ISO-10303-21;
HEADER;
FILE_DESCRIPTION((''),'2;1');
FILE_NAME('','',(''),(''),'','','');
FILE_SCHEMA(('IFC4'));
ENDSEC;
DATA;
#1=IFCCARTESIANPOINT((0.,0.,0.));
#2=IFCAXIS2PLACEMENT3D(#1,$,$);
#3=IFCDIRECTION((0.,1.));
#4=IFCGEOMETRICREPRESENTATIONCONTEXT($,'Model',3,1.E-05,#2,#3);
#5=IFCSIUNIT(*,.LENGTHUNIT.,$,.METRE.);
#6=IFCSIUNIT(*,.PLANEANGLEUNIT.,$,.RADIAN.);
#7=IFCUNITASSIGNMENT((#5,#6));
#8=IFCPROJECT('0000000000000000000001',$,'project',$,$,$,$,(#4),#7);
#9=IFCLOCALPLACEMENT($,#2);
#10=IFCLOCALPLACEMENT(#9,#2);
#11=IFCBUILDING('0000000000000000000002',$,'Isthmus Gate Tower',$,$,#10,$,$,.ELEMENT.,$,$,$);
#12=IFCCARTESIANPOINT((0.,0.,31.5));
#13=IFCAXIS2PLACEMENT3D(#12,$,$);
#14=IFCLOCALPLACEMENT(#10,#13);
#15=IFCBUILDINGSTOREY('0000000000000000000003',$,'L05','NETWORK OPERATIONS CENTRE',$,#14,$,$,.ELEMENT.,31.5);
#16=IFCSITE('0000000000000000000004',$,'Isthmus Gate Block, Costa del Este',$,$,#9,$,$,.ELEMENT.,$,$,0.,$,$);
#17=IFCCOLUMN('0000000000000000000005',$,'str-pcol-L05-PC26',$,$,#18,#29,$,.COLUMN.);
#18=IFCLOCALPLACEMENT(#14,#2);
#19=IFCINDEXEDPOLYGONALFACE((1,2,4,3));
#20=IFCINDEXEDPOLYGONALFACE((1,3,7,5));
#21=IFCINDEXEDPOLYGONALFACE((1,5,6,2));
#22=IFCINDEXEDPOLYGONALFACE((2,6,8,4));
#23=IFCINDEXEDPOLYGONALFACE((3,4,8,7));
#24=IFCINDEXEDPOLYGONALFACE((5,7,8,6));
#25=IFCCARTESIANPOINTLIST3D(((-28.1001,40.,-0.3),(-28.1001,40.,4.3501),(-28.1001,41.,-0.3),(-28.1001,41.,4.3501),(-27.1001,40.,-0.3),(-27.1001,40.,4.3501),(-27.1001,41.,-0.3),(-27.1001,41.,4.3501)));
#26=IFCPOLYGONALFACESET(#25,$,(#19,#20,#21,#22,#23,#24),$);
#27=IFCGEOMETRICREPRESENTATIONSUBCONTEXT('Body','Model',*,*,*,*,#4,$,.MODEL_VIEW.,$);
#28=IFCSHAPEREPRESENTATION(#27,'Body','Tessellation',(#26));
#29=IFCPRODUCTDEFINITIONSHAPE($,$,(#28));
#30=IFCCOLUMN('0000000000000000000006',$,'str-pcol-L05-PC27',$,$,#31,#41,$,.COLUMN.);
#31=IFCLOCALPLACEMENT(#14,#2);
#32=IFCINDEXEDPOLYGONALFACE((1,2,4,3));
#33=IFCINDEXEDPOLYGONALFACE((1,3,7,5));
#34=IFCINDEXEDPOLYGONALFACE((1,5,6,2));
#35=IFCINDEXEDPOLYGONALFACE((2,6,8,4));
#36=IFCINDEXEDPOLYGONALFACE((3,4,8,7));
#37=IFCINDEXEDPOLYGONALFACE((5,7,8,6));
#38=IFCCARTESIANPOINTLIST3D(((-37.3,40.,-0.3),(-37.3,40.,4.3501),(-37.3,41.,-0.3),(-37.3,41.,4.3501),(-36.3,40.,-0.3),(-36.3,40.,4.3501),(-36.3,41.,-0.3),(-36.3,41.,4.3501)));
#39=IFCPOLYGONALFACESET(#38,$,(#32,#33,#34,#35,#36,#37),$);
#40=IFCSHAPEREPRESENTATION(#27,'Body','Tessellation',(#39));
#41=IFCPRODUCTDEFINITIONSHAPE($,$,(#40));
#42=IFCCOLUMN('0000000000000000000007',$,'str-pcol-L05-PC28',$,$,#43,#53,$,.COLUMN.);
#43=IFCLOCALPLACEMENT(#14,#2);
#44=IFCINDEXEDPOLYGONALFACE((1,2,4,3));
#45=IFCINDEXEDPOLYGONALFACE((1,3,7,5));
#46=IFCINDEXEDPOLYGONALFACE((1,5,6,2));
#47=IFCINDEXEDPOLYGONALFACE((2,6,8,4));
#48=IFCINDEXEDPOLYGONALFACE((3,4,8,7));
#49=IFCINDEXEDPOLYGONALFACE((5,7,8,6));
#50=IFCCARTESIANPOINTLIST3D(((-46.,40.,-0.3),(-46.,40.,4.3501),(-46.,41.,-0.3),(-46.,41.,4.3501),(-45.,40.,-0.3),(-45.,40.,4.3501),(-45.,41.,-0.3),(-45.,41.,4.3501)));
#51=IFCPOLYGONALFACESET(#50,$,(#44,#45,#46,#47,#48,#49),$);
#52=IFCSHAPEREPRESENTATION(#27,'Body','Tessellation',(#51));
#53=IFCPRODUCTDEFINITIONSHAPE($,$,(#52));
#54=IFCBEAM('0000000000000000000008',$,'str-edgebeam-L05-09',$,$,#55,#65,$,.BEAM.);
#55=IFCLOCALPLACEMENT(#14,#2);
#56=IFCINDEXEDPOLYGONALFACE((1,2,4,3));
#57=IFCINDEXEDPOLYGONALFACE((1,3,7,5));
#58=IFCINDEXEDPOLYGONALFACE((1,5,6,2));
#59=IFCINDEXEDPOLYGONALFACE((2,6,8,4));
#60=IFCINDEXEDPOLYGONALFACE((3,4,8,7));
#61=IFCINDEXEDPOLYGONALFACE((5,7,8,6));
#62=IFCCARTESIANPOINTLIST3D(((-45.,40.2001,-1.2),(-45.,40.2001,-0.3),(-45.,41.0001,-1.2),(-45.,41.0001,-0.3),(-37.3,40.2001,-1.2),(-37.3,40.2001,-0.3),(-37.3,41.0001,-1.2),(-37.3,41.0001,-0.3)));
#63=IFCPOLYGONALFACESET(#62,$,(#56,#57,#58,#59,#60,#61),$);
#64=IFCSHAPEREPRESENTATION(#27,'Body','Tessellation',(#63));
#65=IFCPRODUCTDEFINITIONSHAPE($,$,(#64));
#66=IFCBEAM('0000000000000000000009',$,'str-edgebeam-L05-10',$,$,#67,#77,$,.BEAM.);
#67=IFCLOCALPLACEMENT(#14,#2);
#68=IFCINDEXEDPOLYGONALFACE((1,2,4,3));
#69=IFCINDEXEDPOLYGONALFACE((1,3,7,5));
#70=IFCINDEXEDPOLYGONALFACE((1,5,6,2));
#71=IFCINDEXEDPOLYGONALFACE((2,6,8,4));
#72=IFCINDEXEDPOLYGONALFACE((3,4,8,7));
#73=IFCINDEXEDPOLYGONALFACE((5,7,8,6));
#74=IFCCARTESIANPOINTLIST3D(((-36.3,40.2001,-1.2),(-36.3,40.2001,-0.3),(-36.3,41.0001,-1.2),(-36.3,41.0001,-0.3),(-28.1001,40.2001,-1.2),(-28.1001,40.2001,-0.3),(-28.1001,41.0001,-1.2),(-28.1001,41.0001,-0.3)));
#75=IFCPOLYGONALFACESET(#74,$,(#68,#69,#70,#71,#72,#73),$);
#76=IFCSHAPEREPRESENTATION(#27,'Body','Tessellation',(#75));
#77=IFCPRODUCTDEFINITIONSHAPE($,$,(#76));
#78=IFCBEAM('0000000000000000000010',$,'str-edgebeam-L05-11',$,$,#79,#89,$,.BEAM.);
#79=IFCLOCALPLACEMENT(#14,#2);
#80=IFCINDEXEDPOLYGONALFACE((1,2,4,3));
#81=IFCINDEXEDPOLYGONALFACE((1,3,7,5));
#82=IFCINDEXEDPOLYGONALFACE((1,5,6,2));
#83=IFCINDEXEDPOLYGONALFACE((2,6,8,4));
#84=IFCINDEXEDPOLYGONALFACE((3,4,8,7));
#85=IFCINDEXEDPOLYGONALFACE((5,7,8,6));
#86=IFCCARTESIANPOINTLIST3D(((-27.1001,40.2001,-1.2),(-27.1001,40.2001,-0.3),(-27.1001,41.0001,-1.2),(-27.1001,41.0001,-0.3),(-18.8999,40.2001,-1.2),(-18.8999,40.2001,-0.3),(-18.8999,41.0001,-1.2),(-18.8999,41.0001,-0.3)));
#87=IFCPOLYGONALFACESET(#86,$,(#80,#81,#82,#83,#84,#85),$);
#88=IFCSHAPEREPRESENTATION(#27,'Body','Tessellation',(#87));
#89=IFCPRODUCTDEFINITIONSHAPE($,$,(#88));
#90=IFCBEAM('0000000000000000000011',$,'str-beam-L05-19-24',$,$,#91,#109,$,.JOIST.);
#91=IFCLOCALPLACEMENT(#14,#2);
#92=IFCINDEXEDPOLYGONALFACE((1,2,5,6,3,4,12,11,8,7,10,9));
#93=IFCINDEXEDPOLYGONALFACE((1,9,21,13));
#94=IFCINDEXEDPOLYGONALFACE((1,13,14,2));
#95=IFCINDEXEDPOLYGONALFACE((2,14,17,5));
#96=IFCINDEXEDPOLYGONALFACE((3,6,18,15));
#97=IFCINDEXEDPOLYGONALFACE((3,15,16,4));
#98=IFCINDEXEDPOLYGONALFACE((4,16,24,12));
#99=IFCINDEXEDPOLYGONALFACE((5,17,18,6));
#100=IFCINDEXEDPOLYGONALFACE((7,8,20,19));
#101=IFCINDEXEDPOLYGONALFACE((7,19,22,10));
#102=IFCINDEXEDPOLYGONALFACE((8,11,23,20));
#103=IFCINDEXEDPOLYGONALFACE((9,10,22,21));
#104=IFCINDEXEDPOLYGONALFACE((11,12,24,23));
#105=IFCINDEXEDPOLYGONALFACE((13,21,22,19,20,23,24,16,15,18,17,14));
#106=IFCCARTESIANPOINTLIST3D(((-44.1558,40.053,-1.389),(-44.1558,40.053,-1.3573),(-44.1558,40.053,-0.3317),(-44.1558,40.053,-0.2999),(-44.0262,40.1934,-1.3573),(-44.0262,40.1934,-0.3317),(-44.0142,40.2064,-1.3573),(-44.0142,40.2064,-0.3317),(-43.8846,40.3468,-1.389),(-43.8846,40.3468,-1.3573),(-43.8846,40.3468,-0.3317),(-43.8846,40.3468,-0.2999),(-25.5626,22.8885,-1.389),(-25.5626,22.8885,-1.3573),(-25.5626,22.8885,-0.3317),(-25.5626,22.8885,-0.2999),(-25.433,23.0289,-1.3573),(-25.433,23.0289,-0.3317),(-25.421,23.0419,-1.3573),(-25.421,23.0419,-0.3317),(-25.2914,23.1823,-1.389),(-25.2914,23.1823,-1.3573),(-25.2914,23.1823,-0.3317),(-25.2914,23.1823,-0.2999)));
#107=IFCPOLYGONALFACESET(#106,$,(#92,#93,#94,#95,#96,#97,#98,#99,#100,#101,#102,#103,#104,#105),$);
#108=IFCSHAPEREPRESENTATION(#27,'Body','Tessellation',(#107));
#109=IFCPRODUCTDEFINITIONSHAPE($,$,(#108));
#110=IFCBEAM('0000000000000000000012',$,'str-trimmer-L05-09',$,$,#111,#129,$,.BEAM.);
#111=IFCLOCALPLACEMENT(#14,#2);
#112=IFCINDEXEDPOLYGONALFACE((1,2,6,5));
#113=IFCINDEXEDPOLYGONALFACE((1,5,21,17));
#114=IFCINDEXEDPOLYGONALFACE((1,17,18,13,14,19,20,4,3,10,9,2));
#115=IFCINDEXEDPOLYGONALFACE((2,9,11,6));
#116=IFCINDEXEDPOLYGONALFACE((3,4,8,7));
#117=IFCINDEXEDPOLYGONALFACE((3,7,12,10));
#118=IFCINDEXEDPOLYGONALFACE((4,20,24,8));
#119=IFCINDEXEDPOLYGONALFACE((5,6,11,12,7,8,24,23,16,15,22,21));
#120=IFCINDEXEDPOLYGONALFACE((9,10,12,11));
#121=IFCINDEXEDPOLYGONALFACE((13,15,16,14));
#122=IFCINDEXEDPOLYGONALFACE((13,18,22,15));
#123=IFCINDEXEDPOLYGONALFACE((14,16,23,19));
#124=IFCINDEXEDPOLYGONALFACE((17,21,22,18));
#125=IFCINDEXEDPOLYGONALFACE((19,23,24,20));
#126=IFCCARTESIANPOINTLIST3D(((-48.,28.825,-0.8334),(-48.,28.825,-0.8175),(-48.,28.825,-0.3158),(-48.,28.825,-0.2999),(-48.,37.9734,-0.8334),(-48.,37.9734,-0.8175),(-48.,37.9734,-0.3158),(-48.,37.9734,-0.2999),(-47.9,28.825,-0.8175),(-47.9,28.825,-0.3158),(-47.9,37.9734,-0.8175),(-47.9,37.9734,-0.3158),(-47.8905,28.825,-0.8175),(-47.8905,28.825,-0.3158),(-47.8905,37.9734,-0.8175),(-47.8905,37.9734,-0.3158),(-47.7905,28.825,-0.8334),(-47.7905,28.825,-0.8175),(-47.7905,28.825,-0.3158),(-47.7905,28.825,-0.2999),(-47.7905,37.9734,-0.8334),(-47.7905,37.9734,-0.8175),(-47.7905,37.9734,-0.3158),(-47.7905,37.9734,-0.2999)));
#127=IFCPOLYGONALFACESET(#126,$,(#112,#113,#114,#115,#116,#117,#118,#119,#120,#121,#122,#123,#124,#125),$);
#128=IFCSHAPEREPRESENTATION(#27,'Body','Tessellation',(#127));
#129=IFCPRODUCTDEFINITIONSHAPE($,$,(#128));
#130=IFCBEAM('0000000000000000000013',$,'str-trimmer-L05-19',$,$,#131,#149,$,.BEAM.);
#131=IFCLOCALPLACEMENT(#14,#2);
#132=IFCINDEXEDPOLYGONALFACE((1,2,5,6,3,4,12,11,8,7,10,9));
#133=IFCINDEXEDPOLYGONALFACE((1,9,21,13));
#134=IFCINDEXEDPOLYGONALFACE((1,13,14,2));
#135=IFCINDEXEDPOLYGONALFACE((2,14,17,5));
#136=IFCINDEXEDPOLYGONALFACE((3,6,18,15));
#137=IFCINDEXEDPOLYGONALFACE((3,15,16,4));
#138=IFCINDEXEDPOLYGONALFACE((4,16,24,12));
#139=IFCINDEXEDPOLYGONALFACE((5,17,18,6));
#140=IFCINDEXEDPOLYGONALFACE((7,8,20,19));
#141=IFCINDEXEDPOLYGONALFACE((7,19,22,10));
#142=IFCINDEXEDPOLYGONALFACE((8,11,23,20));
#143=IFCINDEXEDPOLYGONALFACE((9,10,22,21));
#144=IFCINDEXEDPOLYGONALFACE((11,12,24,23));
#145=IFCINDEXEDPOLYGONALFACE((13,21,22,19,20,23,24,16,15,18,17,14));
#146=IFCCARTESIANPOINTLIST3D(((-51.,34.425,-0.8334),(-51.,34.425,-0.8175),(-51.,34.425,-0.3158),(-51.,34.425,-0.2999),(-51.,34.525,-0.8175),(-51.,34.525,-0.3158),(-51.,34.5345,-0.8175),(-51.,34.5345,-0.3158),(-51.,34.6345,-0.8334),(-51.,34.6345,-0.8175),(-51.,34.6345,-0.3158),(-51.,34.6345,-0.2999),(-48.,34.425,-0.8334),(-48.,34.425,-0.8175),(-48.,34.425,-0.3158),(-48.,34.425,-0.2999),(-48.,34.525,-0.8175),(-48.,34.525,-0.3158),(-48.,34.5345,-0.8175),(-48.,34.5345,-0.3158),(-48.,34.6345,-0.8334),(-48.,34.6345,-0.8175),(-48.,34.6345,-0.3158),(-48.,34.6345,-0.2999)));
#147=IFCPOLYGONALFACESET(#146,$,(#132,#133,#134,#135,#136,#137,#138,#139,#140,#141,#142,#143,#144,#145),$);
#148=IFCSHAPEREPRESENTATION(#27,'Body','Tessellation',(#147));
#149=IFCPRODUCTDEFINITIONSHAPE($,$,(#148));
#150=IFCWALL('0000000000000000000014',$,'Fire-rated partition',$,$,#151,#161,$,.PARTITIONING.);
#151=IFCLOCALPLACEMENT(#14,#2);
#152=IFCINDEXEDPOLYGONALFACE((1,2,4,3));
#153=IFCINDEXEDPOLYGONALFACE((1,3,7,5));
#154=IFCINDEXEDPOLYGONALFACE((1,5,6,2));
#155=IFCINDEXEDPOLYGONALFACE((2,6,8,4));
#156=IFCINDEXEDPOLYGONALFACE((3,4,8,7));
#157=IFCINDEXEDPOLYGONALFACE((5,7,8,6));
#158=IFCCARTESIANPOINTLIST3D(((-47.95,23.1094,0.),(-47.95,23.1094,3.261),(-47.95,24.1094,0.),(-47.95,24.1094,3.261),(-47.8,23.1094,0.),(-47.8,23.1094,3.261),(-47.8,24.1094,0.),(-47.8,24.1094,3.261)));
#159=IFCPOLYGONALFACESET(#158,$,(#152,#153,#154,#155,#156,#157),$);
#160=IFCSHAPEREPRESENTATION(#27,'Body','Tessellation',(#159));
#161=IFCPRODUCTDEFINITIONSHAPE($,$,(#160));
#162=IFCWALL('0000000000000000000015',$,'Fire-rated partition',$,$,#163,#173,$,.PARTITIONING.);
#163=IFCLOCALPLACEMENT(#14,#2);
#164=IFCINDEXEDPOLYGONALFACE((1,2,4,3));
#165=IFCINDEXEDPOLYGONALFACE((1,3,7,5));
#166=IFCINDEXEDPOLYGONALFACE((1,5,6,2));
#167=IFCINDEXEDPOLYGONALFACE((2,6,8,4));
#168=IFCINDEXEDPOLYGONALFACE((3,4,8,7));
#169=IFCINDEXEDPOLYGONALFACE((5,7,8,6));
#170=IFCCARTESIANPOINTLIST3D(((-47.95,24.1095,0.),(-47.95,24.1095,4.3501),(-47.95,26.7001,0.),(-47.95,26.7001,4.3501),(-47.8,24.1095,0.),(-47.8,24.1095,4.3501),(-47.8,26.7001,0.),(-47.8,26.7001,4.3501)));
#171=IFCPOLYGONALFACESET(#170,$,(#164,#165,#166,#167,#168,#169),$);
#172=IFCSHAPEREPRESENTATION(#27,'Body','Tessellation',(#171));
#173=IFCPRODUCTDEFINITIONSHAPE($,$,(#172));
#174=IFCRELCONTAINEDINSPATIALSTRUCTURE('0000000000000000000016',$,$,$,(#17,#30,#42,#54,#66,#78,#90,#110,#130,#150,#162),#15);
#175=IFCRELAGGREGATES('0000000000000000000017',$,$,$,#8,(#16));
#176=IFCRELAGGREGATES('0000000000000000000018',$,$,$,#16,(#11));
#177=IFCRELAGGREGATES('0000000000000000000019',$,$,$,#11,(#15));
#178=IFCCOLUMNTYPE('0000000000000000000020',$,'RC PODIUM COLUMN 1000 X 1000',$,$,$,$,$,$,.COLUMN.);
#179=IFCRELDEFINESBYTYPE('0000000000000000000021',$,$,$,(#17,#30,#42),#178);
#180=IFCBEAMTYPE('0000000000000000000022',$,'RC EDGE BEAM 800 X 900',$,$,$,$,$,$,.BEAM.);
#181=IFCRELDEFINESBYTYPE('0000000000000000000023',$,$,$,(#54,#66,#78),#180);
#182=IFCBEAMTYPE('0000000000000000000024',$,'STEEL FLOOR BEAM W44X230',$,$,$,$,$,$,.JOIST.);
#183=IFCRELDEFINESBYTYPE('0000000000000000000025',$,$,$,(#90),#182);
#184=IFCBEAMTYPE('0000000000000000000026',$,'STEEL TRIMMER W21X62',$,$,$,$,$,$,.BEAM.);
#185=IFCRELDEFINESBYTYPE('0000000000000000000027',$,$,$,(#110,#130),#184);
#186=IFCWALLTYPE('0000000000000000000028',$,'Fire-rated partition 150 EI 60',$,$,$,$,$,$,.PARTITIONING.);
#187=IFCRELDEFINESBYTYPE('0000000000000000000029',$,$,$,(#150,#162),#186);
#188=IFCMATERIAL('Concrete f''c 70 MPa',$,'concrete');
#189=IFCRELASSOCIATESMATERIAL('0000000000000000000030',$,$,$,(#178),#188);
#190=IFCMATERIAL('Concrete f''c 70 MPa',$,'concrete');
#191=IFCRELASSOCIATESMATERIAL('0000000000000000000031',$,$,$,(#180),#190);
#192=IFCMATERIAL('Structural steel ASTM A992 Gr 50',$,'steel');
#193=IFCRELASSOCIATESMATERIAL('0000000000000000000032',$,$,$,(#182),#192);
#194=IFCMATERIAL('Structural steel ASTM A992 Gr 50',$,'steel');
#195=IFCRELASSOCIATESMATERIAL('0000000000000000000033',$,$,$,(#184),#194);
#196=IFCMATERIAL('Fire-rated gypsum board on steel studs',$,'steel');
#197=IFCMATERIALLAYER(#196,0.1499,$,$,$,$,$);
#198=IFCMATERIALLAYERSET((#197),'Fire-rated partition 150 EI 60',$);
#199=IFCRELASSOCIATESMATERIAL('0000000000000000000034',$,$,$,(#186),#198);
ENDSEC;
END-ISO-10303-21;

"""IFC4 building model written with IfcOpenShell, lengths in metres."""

from ifc_helpers import new_model, si_unit, direction, frame, frame_2d, origin, origin_2d, place, context, subcontext, project, spatial, rectangle, i_section, extrude, material, layer, layer_set, material_profile, profile_set, type_object, element, save


model = new_model("IFC4")

# Units and contexts
model_context = context("Model", 3, precision=1e-05, world=origin(), true_north=direction((0.0, 1.0)))
body_context = subcontext(model_context, "Body", "Model", "MODEL_VIEW")
ifc_project = project(units=[si_unit("LENGTHUNIT", "METRE"), si_unit("PLANEANGLEUNIT", "RADIAN")], contexts=[model_context])

# Site, building, storey
site_placement = place(None, origin())
site = spatial("IfcSite", under=ifc_project, at=site_placement, Name="Isthmus Gate Block, Costa del Este", CompositionType="ELEMENT", RefElevation=0.0)
building_placement = place(site_placement, origin())
building = spatial("IfcBuilding", under=site, at=building_placement, Name="Isthmus Gate Tower", CompositionType="ELEMENT")
storey_placement = place(building_placement, frame((0.0, 0.0, 31.5)))
storey = spatial("IfcBuildingStorey", under=building, at=storey_placement, Name="L05", Description="NETWORK OPERATIONS CENTRE", CompositionType="ELEMENT", Elevation=31.5)

# Columns
ifc_material_1 = material(Name="Concrete f'c 70 MPa", Category="concrete")
ifc_material_profile_1 = material_profile(ifc_material_1, rectangle(XDim=1.0, YDim=1.0, at=origin_2d()), Name="RC 1000X1000")
ifc_profile_set_1 = profile_set([ifc_material_profile_1], Name="Concrete f'c 70 MPa")
column_type = type_object("IfcColumnType", Name="RC PODIUM COLUMN 1000 X 1000", PredefinedType="COLUMN", material=ifc_profile_set_1)
for number, where, z_axis, x_axis, name in (
    (1, (-27.6001, 40.5, -0.3), (0.0, 0.0, 1.0), (-1.0, 0.0, 0.0), "str-pcol-L05-PC26"),
    (2, (-36.8, 40.5, -0.3), (0.0, 0.0, 1.0), (-1.0, 0.0, 0.0), "str-pcol-L05-PC27"),
    (3, (-45.5, 40.5, -0.3), (0.0, 0.0, 1.0), (-1.0, 0.0, 0.0), "str-pcol-L05-PC28"),
):
    element("IfcColumn", number, at=place(storey_placement, frame(where, z_axis=z_axis, x_axis=x_axis)), inside=storey, type_object=column_type, Name=name, PredefinedType="COLUMN", context=body_context, shape_type="SweptSolid", body=[
        extrude(rectangle(XDim=1.0, YDim=1.0, at=origin_2d()), origin(), (0.0, 0.0, 1.0), 4.6501),
    ])

# Beams
ifc_material_2 = material(Name="Concrete f'c 70 MPa", Category="concrete")
ifc_material_profile_2 = material_profile(ifc_material_2, rectangle(XDim=0.8, YDim=0.8999, at=origin_2d()), Name="RC 800X900")
ifc_profile_set_2 = profile_set([ifc_material_profile_2], Name="Concrete f'c 70 MPa")
beam_type_1 = type_object("IfcBeamType", Name="RC EDGE BEAM 800 X 900", PredefinedType="BEAM", material=ifc_profile_set_2)
beam_1_placement = place(storey_placement, frame((-45.0, 40.6001, -0.75), z_axis=(1.0, 0.0, 0.0), x_axis=(0.0, 1.0, 0.0)))
element("IfcBeam", 4, at=beam_1_placement, inside=storey, type_object=beam_type_1, Name="str-edgebeam-L05-09", PredefinedType="BEAM", context=body_context, shape_type="SweptSolid", body=[
    extrude(rectangle(XDim=0.8, YDim=0.8999, at=origin_2d()), origin(), (0.0, 0.0, 1.0), 7.7),
])
beam_2_placement = place(storey_placement, frame((-36.3, 40.6001, -0.75), z_axis=(1.0, 0.0, 0.0), x_axis=(0.0, 1.0, 0.0)))
element("IfcBeam", 5, at=beam_2_placement, inside=storey, type_object=beam_type_1, Name="str-edgebeam-L05-10", PredefinedType="BEAM", context=body_context, shape_type="SweptSolid", body=[
    extrude(rectangle(XDim=0.8, YDim=0.8999, at=origin_2d()), origin(), (0.0, 0.0, 1.0), 8.2),
])
beam_3_placement = place(storey_placement, frame((-27.1001, 40.6001, -0.75), z_axis=(1.0, 0.0, 0.0), x_axis=(0.0, 1.0, 0.0)))
element("IfcBeam", 6, at=beam_3_placement, inside=storey, type_object=beam_type_1, Name="str-edgebeam-L05-11", PredefinedType="BEAM", context=body_context, shape_type="SweptSolid", body=[
    extrude(rectangle(XDim=0.8, YDim=0.8999, at=origin_2d()), origin(), (0.0, 0.0, 1.0), 8.2002),
])
ifc_material_3 = material(Name="Structural steel ASTM A992 Gr 50", Category="steel")
ifc_material_profile_3 = material_profile(ifc_material_3, i_section(OverallWidth=0.3999, OverallDepth=1.0891, WebThickness=0.0176, FlangeThickness=0.0317, at=origin_2d()), Name="W44X230")
ifc_profile_set_3 = profile_set([ifc_material_profile_3], Name="Structural steel ASTM A992 Gr 50")
beam_type_2 = type_object("IfcBeamType", Name="STEEL FLOOR BEAM W44X230", PredefinedType="JOIST", material=ifc_profile_set_3)
beam_4_placement = place(storey_placement, frame((-25.427, 23.0354, -0.8445), z_axis=(-0.734773, 0.678313, 0.0), x_axis=(-0.678313, -0.734773, 0.0)))
element("IfcBeam", 7, at=beam_4_placement, inside=storey, type_object=beam_type_2, Name="str-beam-L05-19-24", PredefinedType="JOIST", context=body_context, shape_type="SweptSolid", body=[
    extrude(i_section(OverallWidth=0.3999, OverallDepth=1.0891, WebThickness=0.0176, FlangeThickness=0.0317, at=origin_2d()), origin(), (0.0, 0.0, 1.0), 25.3047),
])
ifc_material_4 = material(Name="Structural steel ASTM A992 Gr 50", Category="steel")
ifc_material_profile_4 = material_profile(ifc_material_4, i_section(OverallWidth=0.2095, OverallDepth=0.5334, WebThickness=0.0095, FlangeThickness=0.0159, at=origin_2d()), Name="W21X62")
ifc_profile_set_4 = profile_set([ifc_material_profile_4], Name="Structural steel ASTM A992 Gr 50")
beam_type_3 = type_object("IfcBeamType", Name="STEEL TRIMMER W21X62", PredefinedType="BEAM", material=ifc_profile_set_4)
beam_5_placement = place(storey_placement, frame((-47.8953, 28.825, -0.5667), z_axis=(0.0, 1.0, 0.0), x_axis=(-1.0, 0.0, 0.0)))
element("IfcBeam", 8, at=beam_5_placement, inside=storey, type_object=beam_type_3, Name="str-trimmer-L05-09", PredefinedType="BEAM", context=body_context, shape_type="SweptSolid", body=[
    extrude(i_section(OverallWidth=0.2095, OverallDepth=0.5334, WebThickness=0.0095, FlangeThickness=0.0159, at=origin_2d()), origin(), (0.0, 0.0, 1.0), 9.1484),
])
beam_6_placement = place(storey_placement, frame((-48.0, 34.5298, -0.5667), z_axis=(-1.0, 0.0, 0.0), x_axis=(0.0, -1.0, 0.0)))
element("IfcBeam", 9, at=beam_6_placement, inside=storey, type_object=beam_type_3, Name="str-trimmer-L05-19", PredefinedType="BEAM", context=body_context, shape_type="SweptSolid", body=[
    extrude(i_section(OverallWidth=0.2095, OverallDepth=0.5334, WebThickness=0.0095, FlangeThickness=0.0159, at=origin_2d()), origin(), (0.0, 0.0, 1.0), 3.0),
])

# Walls
ifc_material_5 = material(Name="Fire-rated gypsum board on steel studs", Category="steel")
ifc_layer_1 = layer(ifc_material_5, 0.1499)
ifc_layer_set_1 = layer_set([ifc_layer_1], Name="Fire-rated partition 150 EI 60")
wall_type_1 = type_object("IfcWallType", Name="Fire-rated partition 150 EI 60", PredefinedType="PARTITIONING", material=ifc_layer_set_1)
wall_1_placement = place(storey_placement, frame((-47.875, 23.1094, 0.0), z_axis=(0.0, 0.0, 1.0), x_axis=(0.0, 1.0, 0.0)))
element("IfcWall", 10, at=wall_1_placement, inside=storey, type_object=wall_type_1, Name="Fire-rated partition", PredefinedType="PARTITIONING", context=body_context, shape_type="SweptSolid", body=[
    extrude(rectangle(XDim=1.0, YDim=0.1499, at=frame_2d((0.5, 0.0))), origin(), (0.0, 0.0, 1.0), 3.261),
])
wall_2_placement = place(storey_placement, frame((-47.875, 24.1094, 0.0), z_axis=(0.0, 0.0, 1.0), x_axis=(0.0, 1.0, 0.0)))
element("IfcWall", 11, at=wall_2_placement, inside=storey, type_object=wall_type_1, Name="Fire-rated partition", PredefinedType="PARTITIONING", context=body_context, shape_type="SweptSolid", body=[
    extrude(rectangle(XDim=2.5906, YDim=0.1499, at=frame_2d((1.2954, 0.0))), origin(), (0.0, 0.0, 1.0), 4.3501),
])

save(model, "model.ifc")
